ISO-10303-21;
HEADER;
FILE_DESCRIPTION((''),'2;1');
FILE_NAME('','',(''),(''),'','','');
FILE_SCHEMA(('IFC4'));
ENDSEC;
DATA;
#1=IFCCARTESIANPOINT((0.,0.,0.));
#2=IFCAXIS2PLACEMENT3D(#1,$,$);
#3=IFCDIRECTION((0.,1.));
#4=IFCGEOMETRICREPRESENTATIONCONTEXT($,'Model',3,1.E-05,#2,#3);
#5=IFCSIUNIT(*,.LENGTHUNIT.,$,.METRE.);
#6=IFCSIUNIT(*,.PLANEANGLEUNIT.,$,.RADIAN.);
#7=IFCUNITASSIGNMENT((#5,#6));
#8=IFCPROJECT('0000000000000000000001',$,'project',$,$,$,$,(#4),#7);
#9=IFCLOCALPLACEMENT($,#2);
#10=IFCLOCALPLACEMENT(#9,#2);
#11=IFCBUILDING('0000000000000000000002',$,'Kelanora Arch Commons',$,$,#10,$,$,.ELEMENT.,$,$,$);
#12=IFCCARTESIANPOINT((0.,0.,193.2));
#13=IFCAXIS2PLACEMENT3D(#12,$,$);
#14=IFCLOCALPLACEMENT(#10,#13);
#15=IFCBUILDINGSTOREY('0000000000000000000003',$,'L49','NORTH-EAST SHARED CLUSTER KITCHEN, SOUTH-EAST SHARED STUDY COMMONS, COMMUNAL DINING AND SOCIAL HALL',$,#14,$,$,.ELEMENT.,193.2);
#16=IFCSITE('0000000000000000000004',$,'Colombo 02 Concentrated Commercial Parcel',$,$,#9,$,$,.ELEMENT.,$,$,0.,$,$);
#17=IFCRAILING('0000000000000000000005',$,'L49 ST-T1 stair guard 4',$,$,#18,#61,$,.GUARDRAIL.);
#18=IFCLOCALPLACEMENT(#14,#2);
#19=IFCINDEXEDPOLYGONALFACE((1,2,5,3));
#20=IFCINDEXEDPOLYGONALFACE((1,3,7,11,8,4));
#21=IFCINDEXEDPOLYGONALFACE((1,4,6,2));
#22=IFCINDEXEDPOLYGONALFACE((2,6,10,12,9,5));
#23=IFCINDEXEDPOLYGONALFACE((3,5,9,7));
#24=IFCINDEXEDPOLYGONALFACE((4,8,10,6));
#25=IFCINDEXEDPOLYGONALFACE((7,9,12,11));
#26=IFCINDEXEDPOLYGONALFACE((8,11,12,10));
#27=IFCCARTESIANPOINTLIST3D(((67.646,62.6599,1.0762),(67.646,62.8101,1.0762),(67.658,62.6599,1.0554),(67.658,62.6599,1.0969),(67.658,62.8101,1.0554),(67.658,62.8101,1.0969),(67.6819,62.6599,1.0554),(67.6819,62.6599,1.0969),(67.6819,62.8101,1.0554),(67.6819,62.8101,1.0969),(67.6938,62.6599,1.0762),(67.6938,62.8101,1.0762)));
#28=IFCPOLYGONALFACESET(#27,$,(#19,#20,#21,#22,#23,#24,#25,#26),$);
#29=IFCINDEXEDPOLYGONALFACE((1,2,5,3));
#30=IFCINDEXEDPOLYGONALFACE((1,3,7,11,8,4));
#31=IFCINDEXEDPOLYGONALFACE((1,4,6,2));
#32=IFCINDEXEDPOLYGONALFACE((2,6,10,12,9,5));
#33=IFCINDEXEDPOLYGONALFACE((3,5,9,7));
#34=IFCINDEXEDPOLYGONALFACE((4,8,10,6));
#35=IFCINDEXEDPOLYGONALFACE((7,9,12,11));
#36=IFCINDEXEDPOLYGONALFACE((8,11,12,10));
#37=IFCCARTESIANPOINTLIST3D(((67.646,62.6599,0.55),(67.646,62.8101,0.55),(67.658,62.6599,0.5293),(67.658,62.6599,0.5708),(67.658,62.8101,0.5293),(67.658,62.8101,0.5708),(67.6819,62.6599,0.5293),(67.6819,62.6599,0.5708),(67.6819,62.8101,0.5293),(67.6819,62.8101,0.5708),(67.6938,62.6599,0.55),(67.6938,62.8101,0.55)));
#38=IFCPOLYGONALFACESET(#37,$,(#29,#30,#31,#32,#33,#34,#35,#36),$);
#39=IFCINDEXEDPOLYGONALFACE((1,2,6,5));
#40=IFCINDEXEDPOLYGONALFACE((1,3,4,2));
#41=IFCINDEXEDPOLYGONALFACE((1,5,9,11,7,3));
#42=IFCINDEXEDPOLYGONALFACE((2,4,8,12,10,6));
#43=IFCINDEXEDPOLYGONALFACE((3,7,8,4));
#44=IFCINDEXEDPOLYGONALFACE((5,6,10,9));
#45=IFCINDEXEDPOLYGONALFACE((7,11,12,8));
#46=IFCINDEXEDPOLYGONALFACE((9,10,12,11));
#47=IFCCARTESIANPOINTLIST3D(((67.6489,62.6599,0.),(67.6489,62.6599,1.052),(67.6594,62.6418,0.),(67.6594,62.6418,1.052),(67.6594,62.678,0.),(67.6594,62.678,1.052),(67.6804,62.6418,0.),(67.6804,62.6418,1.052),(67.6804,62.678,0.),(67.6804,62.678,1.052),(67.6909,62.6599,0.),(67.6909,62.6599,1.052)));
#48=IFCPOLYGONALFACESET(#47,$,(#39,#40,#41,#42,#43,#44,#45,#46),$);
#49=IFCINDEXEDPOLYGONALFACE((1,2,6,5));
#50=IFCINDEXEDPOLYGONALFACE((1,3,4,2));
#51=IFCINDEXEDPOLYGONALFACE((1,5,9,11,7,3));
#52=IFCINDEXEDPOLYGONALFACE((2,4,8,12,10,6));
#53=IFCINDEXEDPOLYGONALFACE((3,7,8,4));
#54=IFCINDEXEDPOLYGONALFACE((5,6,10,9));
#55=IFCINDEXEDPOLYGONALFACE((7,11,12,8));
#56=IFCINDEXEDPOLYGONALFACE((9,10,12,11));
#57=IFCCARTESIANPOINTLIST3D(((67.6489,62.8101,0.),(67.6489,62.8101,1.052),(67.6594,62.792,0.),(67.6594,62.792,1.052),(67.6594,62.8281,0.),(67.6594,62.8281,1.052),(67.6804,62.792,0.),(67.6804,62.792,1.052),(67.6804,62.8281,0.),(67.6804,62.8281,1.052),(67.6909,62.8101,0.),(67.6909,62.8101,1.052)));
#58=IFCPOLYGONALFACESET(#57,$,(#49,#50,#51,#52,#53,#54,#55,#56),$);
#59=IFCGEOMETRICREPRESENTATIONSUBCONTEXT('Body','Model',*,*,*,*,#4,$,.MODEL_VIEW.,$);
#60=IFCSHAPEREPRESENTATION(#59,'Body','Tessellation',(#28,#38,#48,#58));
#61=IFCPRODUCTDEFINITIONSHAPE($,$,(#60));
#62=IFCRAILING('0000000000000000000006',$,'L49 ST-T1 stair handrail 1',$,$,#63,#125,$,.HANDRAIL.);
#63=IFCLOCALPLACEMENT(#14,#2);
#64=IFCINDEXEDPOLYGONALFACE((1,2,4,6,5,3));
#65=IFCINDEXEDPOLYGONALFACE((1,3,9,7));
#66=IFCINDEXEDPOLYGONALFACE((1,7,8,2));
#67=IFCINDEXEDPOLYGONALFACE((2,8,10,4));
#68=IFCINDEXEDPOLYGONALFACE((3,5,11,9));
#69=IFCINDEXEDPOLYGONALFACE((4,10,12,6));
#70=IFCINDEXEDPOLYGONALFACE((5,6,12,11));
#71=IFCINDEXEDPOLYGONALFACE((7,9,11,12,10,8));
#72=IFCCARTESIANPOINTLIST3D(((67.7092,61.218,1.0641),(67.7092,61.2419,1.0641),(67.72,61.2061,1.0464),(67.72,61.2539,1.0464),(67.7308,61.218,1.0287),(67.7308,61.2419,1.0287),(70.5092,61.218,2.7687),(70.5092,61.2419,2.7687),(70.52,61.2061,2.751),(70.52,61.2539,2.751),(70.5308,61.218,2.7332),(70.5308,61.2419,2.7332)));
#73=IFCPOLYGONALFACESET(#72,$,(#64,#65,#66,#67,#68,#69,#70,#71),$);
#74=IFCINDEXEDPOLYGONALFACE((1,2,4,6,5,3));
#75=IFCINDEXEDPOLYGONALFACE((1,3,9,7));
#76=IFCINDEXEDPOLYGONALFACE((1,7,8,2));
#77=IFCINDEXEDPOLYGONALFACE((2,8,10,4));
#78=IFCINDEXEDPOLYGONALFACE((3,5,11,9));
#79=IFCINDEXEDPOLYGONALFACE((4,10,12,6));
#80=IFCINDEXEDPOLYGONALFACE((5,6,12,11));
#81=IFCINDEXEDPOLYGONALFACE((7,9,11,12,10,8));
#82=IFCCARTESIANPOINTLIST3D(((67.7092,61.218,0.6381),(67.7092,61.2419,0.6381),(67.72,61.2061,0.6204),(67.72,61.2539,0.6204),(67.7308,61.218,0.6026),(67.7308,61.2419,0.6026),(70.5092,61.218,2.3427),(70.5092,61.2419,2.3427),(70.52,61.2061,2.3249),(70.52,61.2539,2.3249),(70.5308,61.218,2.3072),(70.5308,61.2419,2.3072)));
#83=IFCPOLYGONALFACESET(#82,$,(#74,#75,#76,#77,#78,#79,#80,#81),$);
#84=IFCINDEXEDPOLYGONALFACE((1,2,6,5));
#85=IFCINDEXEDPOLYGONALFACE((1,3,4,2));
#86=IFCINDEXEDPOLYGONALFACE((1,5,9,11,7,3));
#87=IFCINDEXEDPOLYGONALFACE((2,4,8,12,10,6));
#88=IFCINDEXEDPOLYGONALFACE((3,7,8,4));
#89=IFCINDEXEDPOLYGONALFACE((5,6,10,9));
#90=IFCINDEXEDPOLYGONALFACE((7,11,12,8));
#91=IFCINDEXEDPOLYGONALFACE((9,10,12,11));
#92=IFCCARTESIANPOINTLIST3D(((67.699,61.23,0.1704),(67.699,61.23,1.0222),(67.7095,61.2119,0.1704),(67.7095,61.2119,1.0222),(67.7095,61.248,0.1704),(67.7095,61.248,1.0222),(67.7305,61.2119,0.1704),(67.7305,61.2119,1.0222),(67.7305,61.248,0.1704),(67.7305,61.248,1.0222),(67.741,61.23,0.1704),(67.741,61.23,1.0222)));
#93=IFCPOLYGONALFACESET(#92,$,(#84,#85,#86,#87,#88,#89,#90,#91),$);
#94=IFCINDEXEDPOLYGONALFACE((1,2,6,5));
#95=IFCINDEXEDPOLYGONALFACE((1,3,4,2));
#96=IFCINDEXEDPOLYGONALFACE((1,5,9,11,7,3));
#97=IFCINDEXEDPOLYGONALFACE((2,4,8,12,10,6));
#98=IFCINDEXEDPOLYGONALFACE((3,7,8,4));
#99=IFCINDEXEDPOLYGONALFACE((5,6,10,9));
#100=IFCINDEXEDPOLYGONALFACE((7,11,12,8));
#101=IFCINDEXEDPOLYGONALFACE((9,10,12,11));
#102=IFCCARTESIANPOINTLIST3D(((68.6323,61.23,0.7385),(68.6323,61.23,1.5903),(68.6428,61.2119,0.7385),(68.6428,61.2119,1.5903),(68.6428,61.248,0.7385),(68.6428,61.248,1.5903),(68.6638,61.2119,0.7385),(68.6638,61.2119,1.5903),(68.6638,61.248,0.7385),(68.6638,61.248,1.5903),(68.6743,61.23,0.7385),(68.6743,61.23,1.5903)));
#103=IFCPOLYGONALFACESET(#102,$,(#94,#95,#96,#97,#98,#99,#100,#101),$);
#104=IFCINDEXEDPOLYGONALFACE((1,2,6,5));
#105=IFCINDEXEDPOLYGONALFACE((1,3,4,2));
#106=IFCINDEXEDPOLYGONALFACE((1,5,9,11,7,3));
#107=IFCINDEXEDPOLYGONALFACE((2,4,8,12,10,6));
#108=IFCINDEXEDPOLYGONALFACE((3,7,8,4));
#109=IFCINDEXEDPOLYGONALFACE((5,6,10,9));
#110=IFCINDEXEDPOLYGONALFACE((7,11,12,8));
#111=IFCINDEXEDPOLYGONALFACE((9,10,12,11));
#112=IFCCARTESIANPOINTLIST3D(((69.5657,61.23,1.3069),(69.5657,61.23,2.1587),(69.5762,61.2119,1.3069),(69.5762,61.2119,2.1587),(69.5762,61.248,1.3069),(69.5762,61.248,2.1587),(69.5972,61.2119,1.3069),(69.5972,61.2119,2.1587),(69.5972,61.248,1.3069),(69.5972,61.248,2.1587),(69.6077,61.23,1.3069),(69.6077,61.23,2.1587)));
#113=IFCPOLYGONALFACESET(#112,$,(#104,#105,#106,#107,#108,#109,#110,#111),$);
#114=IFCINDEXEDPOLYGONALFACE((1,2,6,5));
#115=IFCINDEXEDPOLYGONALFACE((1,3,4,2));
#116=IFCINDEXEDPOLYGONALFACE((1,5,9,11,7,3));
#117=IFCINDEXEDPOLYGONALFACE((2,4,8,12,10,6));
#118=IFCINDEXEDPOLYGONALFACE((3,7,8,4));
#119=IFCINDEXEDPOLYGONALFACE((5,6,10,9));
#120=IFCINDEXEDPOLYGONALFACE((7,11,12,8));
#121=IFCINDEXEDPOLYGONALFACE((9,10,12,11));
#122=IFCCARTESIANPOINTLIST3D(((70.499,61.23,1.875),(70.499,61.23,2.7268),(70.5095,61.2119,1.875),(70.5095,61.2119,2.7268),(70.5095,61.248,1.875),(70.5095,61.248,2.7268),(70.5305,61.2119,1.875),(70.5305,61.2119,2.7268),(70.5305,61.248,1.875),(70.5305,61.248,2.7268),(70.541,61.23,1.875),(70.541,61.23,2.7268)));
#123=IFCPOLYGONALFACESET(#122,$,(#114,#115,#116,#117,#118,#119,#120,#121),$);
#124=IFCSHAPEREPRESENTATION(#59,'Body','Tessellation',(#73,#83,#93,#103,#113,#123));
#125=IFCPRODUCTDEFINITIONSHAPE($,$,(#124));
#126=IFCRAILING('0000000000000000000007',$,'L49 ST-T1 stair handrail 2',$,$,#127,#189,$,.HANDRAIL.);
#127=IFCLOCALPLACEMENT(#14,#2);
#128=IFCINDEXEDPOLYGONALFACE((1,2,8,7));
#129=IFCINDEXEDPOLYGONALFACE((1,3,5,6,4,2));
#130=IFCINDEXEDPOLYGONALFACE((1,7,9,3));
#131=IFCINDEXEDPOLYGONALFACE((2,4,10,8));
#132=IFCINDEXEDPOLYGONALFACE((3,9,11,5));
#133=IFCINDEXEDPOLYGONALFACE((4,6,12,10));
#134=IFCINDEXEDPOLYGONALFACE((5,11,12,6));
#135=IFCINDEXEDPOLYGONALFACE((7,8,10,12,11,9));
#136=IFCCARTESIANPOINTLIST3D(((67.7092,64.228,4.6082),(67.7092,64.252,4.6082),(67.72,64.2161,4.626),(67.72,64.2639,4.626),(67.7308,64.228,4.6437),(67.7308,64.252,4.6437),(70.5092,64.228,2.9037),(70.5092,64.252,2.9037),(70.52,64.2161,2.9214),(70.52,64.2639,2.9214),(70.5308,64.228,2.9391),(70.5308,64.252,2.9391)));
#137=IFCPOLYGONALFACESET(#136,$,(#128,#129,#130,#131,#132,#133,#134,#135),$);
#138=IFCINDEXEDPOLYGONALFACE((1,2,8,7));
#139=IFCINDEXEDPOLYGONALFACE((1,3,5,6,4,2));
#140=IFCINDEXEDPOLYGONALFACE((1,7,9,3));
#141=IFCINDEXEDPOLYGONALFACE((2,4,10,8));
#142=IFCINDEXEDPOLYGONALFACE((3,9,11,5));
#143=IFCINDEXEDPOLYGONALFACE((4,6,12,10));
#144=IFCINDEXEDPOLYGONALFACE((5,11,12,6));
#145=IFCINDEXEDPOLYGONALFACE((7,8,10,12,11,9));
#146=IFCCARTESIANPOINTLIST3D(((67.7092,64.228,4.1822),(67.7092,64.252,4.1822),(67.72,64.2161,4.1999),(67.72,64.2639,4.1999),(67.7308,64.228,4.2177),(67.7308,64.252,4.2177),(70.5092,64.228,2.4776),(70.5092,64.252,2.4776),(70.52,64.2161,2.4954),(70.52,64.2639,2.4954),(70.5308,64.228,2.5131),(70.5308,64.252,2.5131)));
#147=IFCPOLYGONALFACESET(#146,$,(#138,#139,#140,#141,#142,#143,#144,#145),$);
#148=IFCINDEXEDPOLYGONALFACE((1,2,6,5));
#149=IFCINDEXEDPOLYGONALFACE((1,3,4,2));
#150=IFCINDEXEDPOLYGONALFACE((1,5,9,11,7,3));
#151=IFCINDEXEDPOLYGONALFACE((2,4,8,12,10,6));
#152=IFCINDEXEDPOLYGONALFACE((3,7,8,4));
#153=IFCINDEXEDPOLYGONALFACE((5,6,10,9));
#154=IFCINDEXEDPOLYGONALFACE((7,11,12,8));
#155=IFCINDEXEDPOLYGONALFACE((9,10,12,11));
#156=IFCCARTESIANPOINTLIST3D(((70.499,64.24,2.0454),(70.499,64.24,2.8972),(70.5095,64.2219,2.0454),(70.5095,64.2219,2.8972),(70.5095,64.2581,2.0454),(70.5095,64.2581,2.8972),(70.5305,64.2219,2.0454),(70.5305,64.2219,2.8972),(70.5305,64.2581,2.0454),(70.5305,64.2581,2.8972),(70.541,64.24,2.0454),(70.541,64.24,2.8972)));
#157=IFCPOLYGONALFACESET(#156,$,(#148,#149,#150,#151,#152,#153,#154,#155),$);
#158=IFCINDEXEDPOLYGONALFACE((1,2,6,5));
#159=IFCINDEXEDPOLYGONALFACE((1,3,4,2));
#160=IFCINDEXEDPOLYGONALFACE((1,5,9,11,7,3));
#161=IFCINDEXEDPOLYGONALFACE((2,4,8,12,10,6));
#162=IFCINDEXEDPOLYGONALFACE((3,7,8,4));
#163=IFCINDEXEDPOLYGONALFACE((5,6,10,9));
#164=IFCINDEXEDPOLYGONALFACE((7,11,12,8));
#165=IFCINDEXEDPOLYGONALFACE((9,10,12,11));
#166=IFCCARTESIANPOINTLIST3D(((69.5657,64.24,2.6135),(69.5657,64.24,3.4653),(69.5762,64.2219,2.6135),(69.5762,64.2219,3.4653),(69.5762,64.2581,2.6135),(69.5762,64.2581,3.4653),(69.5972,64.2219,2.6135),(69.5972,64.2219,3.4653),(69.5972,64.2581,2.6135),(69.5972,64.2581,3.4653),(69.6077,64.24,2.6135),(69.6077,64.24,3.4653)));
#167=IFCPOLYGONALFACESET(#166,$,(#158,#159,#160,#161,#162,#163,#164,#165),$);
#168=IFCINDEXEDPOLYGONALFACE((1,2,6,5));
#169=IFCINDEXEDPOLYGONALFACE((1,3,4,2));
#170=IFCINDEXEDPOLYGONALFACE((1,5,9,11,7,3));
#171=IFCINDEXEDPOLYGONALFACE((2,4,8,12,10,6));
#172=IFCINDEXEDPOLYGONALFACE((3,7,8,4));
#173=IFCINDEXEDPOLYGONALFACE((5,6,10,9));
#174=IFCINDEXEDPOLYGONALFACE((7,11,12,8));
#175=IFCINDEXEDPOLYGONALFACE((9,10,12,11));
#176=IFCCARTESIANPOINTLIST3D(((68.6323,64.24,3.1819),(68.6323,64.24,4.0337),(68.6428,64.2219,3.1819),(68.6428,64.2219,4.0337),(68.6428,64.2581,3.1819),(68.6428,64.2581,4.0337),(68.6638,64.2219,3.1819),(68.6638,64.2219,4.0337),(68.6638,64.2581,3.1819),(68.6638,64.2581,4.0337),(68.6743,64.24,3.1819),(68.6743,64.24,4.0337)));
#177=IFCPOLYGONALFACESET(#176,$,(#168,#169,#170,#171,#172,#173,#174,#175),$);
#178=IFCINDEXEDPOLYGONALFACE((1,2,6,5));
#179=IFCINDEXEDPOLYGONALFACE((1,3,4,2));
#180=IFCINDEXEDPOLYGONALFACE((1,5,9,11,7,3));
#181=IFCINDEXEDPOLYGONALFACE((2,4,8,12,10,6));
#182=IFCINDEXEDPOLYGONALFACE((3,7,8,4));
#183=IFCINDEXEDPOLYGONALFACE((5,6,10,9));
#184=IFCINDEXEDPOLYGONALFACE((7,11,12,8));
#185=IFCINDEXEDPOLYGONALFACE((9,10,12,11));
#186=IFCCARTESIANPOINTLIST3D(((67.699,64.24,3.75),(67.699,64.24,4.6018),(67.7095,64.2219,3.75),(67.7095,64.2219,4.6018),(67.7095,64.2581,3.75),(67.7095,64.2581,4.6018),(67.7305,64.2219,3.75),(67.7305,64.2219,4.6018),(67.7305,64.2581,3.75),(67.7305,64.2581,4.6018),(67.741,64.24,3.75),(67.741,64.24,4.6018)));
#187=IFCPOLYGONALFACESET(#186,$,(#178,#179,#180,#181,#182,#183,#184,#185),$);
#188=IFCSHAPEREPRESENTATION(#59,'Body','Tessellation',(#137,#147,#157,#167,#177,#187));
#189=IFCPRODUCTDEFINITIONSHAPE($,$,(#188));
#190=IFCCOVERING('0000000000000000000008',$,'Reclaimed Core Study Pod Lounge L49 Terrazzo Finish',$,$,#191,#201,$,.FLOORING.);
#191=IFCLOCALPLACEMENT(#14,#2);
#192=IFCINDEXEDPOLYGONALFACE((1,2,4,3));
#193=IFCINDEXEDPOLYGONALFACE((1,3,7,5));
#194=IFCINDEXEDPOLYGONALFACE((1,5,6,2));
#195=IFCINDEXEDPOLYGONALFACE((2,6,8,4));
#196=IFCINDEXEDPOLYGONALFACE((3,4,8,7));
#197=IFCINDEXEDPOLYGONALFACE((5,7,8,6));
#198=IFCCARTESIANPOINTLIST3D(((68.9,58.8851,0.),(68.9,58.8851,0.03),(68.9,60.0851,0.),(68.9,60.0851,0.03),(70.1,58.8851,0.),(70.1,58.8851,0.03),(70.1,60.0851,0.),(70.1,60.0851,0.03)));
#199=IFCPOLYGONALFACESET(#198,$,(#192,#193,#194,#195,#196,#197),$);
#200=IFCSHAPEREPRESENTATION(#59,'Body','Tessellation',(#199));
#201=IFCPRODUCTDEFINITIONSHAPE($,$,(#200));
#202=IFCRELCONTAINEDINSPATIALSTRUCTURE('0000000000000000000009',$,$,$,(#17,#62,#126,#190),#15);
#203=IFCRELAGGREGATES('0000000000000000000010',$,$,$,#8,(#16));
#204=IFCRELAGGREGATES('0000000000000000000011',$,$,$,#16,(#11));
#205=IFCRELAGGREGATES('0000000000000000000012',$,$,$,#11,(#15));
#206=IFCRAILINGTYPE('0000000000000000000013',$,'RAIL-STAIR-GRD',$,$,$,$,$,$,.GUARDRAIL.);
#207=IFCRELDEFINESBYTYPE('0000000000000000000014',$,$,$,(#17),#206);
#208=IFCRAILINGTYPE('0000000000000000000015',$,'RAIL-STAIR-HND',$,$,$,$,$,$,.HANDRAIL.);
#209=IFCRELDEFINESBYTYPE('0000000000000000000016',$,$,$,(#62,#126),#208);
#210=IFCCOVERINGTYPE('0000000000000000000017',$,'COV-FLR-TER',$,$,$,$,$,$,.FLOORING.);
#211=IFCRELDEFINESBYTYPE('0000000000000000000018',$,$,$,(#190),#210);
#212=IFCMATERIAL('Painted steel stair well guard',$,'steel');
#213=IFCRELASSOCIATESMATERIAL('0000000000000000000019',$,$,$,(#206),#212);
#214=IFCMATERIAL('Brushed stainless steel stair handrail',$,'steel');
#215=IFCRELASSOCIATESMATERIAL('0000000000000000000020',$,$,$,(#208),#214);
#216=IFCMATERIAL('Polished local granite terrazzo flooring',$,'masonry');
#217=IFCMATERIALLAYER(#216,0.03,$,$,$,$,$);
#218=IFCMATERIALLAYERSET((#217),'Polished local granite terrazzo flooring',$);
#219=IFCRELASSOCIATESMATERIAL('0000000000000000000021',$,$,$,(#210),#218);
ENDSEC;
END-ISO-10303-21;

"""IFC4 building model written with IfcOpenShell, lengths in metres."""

from ifc_helpers import new_model, si_unit, direction, frame, origin, origin_2d, place, context, subcontext, project, spatial, polyline, rectangle, outline, extrude, source, transform, mapped, material, layer, layer_set, type_object, element, save


model = new_model("IFC4")

# Units and contexts
model_context = context("Model", 3, precision=1e-05, world=origin(), true_north=direction((0.0, 1.0)))
body_context = subcontext(model_context, "Body", "Model", "MODEL_VIEW")
ifc_project = project(units=[si_unit("LENGTHUNIT", "METRE"), si_unit("PLANEANGLEUNIT", "RADIAN")], contexts=[model_context])

# Site, building, storey
site_placement = place(None, origin())
site = spatial("IfcSite", under=ifc_project, at=site_placement, Name="Colombo 02 Concentrated Commercial Parcel", CompositionType="ELEMENT", RefElevation=0.0)
building_placement = place(site_placement, origin())
building = spatial("IfcBuilding", under=site, at=building_placement, Name="Kelanora Arch Commons", CompositionType="ELEMENT")
storey_placement = place(building_placement, frame((0.0, 0.0, 193.2)))
storey = spatial("IfcBuildingStorey", under=building, at=storey_placement, Name="L49", Description="NORTH-EAST SHARED CLUSTER KITCHEN, SOUTH-EAST SHARED STUDY COMMONS, COMMUNAL DINING AND SOCIAL HALL", CompositionType="ELEMENT", Elevation=193.2)

# Railings
ifc_material_1 = material(Name="Painted steel stair well guard", Category="steel")
railing_type_1 = type_object("IfcRailingType", Name="RAIL-STAIR-GRD", PredefinedType="GUARDRAIL", material=ifc_material_1)
railing_1_placement = place(storey_placement, frame((67.6699, 62.6599, 0.0)))
element("IfcRailing", 1, at=railing_1_placement, inside=storey, type_object=railing_type_1, Name="L49 ST-T1 stair guard 4", PredefinedType="GUARDRAIL", context=body_context, shape_type="SweptSolid", body=[
    extrude(outline(polyline([(0.0239, 0.0), (0.012, 0.0208), (-0.012, 0.0208), (-0.0239, 0.0), (-0.012, -0.0208), (0.012, -0.0208), (0.0239, 0.0)])), frame((0.0, 0.0, 1.0762), z_axis=(0.0, 1.0, 0.0), x_axis=(-1.0, 0.0, 0.0)), (0.0, 0.0, 1.0), 0.1501),
    extrude(outline(polyline([(0.0239, 0.0), (0.012, 0.0208), (-0.012, 0.0208), (-0.0239, 0.0), (-0.012, -0.0208), (0.012, -0.0208), (0.0239, 0.0)])), frame((0.0, 0.0, 0.55), z_axis=(0.0, 1.0, 0.0), x_axis=(-1.0, 0.0, 0.0)), (0.0, 0.0, 1.0), 0.1501),
    extrude(outline(polyline([(0.021, 0.0), (0.0105, 0.0181), (-0.0105, 0.0181), (-0.021, 0.0), (-0.0105, -0.0181), (0.0105, -0.0181), (0.021, 0.0)])), origin(), (0.0, 0.0, 1.0), 1.052),
    extrude(outline(polyline([(0.021, 0.0), (0.0105, 0.0181), (-0.0105, 0.0181), (-0.021, 0.0), (-0.0105, -0.0181), (0.0105, -0.0181), (0.021, 0.0)])), frame((0.0, 0.1501, 0.0)), (0.0, 0.0, 1.0), 1.052),
])
ifc_material_2 = material(Name="Brushed stainless steel stair handrail", Category="steel")
railing_type_2 = type_object("IfcRailingType", Name="RAIL-STAIR-HND", PredefinedType="HANDRAIL", material=ifc_material_2)
railing_2_placement = place(storey_placement, frame((67.72, 61.23, 0.1704)))
element("IfcRailing", 2, at=railing_2_placement, inside=storey, type_object=railing_type_2, Name="L49 ST-T1 stair handrail 1", PredefinedType="HANDRAIL", context=body_context, shape_type="SweptSolid", body=[
    extrude(outline(polyline([(0.0239, 0.0), (0.012, 0.0208), (-0.012, 0.0208), (-0.0239, 0.0), (-0.012, -0.0208), (0.012, -0.0208), (0.0239, 0.0)])), frame((0.0, 0.0, 0.876), z_axis=(0.85417, 0.0, 0.519994), x_axis=(0.0, 1.0, 0.0)), (0.0, 0.0, 1.0), 3.2781),
    extrude(outline(polyline([(0.0239, 0.0), (0.012, 0.0208), (-0.012, 0.0208), (-0.0239, 0.0), (-0.012, -0.0208), (0.012, -0.0208), (0.0239, 0.0)])), frame((0.0, 0.0, 0.45), z_axis=(0.85417, 0.0, 0.519994), x_axis=(0.0, 1.0, 0.0)), (0.0, 0.0, 1.0), 3.2781),
    extrude(outline(polyline([(0.021, 0.0), (0.0105, 0.0181), (-0.0105, 0.0181), (-0.021, 0.0), (-0.0105, -0.0181), (0.0105, -0.0181), (0.021, 0.0)])), origin(), (0.0, 0.0, 1.0), 0.8518),
    extrude(outline(polyline([(0.021, 0.0), (0.0105, 0.0181), (-0.0105, 0.0181), (-0.021, 0.0), (-0.0105, -0.0181), (0.0105, -0.0181), (0.021, 0.0)])), frame((0.9333, 0.0, 0.5681)), (0.0, 0.0, 1.0), 0.8518),
    extrude(outline(polyline([(0.021, 0.0), (0.0105, 0.0181), (-0.0105, 0.0181), (-0.021, 0.0), (-0.0105, -0.0181), (0.0105, -0.0181), (0.021, 0.0)])), frame((1.8667, 0.0, 1.1365)), (0.0, 0.0, 1.0), 0.8518),
    extrude(outline(polyline([(0.021, 0.0), (0.0105, 0.0181), (-0.0105, 0.0181), (-0.021, 0.0), (-0.0105, -0.0181), (0.0105, -0.0181), (0.021, 0.0)])), frame((2.8, 0.0, 1.7046)), (0.0, 0.0, 1.0), 0.8518),
])
railing_3_placement = place(storey_placement, frame((70.52, 64.24, 2.0454)))
element("IfcRailing", 3, at=railing_3_placement, inside=storey, type_object=railing_type_2, Name="L49 ST-T1 stair handrail 2", PredefinedType="HANDRAIL", context=body_context, shape_type="SweptSolid", body=[
    extrude(outline(polyline([(0.0239, 0.0), (0.012, 0.0208), (-0.012, 0.0208), (-0.0239, 0.0), (-0.012, -0.0208), (0.012, -0.0208), (0.0239, 0.0)])), frame((0.0, 0.0, 0.876), z_axis=(-0.85417, 0.0, 0.519994), x_axis=(0.0, -1.0, 0.0)), (0.0, 0.0, 1.0), 3.2781),
    extrude(outline(polyline([(0.0239, 0.0), (0.012, 0.0208), (-0.012, 0.0208), (-0.0239, 0.0), (-0.012, -0.0208), (0.012, -0.0208), (0.0239, 0.0)])), frame((0.0, 0.0, 0.45), z_axis=(-0.85417, 0.0, 0.519994), x_axis=(0.0, -1.0, 0.0)), (0.0, 0.0, 1.0), 3.2781),
    extrude(outline(polyline([(0.021, 0.0), (0.0105, 0.0181), (-0.0105, 0.0181), (-0.021, 0.0), (-0.0105, -0.0181), (0.0105, -0.0181), (0.021, 0.0)])), origin(), (0.0, 0.0, 1.0), 0.8518),
    extrude(outline(polyline([(0.021, 0.0), (0.0105, 0.0181), (-0.0105, 0.0181), (-0.021, 0.0), (-0.0105, -0.0181), (0.0105, -0.0181), (0.021, 0.0)])), frame((-0.9333, 0.0, 0.5681)), (0.0, 0.0, 1.0), 0.8518),
    extrude(outline(polyline([(0.021, 0.0), (0.0105, 0.0181), (-0.0105, 0.0181), (-0.021, 0.0), (-0.0105, -0.0181), (0.0105, -0.0181), (0.021, 0.0)])), frame((-1.8667, 0.0, 1.1365)), (0.0, 0.0, 1.0), 0.8518),
    extrude(outline(polyline([(0.021, 0.0), (0.0105, 0.0181), (-0.0105, 0.0181), (-0.021, 0.0), (-0.0105, -0.0181), (0.0105, -0.0181), (0.021, 0.0)])), frame((-2.8, 0.0, 1.7046)), (0.0, 0.0, 1.0), 0.8518),
])

# Covering
ifc_material_3 = material(Name="Polished local granite terrazzo flooring", Category="masonry")
ifc_layer_1 = layer(ifc_material_3, 0.03)
ifc_layer_set_1 = layer_set([ifc_layer_1], Name="Polished local granite terrazzo flooring")
covering_type = type_object("IfcCoveringType", Name="COV-FLR-TER", PredefinedType="FLOORING", material=ifc_layer_set_1)
shared_shape = source(origin(), body_context, "Body", "SweptSolid", [
    extrude(rectangle(XDim=1.2, YDim=1.2, at=origin_2d()), origin(), (0.0, 0.0, 1.0), 0.03),
])
covering_placement = place(storey_placement, frame((69.5, 59.4851, 0.0), z_axis=(0.0, 0.0, 1.0), x_axis=(1.0, 0.0, 0.0)))
element("IfcCovering", 4, at=covering_placement, inside=storey, type_object=covering_type, Name="Reclaimed Core Study Pod Lounge L49 Terrazzo Finish", PredefinedType="FLOORING", context=body_context, shape_type="MappedRepresentation", body=[
    mapped(shared_shape, transform((0.0, 0.0, 0.0), scale=1.0)),
])

save(model, "model.ifc")
